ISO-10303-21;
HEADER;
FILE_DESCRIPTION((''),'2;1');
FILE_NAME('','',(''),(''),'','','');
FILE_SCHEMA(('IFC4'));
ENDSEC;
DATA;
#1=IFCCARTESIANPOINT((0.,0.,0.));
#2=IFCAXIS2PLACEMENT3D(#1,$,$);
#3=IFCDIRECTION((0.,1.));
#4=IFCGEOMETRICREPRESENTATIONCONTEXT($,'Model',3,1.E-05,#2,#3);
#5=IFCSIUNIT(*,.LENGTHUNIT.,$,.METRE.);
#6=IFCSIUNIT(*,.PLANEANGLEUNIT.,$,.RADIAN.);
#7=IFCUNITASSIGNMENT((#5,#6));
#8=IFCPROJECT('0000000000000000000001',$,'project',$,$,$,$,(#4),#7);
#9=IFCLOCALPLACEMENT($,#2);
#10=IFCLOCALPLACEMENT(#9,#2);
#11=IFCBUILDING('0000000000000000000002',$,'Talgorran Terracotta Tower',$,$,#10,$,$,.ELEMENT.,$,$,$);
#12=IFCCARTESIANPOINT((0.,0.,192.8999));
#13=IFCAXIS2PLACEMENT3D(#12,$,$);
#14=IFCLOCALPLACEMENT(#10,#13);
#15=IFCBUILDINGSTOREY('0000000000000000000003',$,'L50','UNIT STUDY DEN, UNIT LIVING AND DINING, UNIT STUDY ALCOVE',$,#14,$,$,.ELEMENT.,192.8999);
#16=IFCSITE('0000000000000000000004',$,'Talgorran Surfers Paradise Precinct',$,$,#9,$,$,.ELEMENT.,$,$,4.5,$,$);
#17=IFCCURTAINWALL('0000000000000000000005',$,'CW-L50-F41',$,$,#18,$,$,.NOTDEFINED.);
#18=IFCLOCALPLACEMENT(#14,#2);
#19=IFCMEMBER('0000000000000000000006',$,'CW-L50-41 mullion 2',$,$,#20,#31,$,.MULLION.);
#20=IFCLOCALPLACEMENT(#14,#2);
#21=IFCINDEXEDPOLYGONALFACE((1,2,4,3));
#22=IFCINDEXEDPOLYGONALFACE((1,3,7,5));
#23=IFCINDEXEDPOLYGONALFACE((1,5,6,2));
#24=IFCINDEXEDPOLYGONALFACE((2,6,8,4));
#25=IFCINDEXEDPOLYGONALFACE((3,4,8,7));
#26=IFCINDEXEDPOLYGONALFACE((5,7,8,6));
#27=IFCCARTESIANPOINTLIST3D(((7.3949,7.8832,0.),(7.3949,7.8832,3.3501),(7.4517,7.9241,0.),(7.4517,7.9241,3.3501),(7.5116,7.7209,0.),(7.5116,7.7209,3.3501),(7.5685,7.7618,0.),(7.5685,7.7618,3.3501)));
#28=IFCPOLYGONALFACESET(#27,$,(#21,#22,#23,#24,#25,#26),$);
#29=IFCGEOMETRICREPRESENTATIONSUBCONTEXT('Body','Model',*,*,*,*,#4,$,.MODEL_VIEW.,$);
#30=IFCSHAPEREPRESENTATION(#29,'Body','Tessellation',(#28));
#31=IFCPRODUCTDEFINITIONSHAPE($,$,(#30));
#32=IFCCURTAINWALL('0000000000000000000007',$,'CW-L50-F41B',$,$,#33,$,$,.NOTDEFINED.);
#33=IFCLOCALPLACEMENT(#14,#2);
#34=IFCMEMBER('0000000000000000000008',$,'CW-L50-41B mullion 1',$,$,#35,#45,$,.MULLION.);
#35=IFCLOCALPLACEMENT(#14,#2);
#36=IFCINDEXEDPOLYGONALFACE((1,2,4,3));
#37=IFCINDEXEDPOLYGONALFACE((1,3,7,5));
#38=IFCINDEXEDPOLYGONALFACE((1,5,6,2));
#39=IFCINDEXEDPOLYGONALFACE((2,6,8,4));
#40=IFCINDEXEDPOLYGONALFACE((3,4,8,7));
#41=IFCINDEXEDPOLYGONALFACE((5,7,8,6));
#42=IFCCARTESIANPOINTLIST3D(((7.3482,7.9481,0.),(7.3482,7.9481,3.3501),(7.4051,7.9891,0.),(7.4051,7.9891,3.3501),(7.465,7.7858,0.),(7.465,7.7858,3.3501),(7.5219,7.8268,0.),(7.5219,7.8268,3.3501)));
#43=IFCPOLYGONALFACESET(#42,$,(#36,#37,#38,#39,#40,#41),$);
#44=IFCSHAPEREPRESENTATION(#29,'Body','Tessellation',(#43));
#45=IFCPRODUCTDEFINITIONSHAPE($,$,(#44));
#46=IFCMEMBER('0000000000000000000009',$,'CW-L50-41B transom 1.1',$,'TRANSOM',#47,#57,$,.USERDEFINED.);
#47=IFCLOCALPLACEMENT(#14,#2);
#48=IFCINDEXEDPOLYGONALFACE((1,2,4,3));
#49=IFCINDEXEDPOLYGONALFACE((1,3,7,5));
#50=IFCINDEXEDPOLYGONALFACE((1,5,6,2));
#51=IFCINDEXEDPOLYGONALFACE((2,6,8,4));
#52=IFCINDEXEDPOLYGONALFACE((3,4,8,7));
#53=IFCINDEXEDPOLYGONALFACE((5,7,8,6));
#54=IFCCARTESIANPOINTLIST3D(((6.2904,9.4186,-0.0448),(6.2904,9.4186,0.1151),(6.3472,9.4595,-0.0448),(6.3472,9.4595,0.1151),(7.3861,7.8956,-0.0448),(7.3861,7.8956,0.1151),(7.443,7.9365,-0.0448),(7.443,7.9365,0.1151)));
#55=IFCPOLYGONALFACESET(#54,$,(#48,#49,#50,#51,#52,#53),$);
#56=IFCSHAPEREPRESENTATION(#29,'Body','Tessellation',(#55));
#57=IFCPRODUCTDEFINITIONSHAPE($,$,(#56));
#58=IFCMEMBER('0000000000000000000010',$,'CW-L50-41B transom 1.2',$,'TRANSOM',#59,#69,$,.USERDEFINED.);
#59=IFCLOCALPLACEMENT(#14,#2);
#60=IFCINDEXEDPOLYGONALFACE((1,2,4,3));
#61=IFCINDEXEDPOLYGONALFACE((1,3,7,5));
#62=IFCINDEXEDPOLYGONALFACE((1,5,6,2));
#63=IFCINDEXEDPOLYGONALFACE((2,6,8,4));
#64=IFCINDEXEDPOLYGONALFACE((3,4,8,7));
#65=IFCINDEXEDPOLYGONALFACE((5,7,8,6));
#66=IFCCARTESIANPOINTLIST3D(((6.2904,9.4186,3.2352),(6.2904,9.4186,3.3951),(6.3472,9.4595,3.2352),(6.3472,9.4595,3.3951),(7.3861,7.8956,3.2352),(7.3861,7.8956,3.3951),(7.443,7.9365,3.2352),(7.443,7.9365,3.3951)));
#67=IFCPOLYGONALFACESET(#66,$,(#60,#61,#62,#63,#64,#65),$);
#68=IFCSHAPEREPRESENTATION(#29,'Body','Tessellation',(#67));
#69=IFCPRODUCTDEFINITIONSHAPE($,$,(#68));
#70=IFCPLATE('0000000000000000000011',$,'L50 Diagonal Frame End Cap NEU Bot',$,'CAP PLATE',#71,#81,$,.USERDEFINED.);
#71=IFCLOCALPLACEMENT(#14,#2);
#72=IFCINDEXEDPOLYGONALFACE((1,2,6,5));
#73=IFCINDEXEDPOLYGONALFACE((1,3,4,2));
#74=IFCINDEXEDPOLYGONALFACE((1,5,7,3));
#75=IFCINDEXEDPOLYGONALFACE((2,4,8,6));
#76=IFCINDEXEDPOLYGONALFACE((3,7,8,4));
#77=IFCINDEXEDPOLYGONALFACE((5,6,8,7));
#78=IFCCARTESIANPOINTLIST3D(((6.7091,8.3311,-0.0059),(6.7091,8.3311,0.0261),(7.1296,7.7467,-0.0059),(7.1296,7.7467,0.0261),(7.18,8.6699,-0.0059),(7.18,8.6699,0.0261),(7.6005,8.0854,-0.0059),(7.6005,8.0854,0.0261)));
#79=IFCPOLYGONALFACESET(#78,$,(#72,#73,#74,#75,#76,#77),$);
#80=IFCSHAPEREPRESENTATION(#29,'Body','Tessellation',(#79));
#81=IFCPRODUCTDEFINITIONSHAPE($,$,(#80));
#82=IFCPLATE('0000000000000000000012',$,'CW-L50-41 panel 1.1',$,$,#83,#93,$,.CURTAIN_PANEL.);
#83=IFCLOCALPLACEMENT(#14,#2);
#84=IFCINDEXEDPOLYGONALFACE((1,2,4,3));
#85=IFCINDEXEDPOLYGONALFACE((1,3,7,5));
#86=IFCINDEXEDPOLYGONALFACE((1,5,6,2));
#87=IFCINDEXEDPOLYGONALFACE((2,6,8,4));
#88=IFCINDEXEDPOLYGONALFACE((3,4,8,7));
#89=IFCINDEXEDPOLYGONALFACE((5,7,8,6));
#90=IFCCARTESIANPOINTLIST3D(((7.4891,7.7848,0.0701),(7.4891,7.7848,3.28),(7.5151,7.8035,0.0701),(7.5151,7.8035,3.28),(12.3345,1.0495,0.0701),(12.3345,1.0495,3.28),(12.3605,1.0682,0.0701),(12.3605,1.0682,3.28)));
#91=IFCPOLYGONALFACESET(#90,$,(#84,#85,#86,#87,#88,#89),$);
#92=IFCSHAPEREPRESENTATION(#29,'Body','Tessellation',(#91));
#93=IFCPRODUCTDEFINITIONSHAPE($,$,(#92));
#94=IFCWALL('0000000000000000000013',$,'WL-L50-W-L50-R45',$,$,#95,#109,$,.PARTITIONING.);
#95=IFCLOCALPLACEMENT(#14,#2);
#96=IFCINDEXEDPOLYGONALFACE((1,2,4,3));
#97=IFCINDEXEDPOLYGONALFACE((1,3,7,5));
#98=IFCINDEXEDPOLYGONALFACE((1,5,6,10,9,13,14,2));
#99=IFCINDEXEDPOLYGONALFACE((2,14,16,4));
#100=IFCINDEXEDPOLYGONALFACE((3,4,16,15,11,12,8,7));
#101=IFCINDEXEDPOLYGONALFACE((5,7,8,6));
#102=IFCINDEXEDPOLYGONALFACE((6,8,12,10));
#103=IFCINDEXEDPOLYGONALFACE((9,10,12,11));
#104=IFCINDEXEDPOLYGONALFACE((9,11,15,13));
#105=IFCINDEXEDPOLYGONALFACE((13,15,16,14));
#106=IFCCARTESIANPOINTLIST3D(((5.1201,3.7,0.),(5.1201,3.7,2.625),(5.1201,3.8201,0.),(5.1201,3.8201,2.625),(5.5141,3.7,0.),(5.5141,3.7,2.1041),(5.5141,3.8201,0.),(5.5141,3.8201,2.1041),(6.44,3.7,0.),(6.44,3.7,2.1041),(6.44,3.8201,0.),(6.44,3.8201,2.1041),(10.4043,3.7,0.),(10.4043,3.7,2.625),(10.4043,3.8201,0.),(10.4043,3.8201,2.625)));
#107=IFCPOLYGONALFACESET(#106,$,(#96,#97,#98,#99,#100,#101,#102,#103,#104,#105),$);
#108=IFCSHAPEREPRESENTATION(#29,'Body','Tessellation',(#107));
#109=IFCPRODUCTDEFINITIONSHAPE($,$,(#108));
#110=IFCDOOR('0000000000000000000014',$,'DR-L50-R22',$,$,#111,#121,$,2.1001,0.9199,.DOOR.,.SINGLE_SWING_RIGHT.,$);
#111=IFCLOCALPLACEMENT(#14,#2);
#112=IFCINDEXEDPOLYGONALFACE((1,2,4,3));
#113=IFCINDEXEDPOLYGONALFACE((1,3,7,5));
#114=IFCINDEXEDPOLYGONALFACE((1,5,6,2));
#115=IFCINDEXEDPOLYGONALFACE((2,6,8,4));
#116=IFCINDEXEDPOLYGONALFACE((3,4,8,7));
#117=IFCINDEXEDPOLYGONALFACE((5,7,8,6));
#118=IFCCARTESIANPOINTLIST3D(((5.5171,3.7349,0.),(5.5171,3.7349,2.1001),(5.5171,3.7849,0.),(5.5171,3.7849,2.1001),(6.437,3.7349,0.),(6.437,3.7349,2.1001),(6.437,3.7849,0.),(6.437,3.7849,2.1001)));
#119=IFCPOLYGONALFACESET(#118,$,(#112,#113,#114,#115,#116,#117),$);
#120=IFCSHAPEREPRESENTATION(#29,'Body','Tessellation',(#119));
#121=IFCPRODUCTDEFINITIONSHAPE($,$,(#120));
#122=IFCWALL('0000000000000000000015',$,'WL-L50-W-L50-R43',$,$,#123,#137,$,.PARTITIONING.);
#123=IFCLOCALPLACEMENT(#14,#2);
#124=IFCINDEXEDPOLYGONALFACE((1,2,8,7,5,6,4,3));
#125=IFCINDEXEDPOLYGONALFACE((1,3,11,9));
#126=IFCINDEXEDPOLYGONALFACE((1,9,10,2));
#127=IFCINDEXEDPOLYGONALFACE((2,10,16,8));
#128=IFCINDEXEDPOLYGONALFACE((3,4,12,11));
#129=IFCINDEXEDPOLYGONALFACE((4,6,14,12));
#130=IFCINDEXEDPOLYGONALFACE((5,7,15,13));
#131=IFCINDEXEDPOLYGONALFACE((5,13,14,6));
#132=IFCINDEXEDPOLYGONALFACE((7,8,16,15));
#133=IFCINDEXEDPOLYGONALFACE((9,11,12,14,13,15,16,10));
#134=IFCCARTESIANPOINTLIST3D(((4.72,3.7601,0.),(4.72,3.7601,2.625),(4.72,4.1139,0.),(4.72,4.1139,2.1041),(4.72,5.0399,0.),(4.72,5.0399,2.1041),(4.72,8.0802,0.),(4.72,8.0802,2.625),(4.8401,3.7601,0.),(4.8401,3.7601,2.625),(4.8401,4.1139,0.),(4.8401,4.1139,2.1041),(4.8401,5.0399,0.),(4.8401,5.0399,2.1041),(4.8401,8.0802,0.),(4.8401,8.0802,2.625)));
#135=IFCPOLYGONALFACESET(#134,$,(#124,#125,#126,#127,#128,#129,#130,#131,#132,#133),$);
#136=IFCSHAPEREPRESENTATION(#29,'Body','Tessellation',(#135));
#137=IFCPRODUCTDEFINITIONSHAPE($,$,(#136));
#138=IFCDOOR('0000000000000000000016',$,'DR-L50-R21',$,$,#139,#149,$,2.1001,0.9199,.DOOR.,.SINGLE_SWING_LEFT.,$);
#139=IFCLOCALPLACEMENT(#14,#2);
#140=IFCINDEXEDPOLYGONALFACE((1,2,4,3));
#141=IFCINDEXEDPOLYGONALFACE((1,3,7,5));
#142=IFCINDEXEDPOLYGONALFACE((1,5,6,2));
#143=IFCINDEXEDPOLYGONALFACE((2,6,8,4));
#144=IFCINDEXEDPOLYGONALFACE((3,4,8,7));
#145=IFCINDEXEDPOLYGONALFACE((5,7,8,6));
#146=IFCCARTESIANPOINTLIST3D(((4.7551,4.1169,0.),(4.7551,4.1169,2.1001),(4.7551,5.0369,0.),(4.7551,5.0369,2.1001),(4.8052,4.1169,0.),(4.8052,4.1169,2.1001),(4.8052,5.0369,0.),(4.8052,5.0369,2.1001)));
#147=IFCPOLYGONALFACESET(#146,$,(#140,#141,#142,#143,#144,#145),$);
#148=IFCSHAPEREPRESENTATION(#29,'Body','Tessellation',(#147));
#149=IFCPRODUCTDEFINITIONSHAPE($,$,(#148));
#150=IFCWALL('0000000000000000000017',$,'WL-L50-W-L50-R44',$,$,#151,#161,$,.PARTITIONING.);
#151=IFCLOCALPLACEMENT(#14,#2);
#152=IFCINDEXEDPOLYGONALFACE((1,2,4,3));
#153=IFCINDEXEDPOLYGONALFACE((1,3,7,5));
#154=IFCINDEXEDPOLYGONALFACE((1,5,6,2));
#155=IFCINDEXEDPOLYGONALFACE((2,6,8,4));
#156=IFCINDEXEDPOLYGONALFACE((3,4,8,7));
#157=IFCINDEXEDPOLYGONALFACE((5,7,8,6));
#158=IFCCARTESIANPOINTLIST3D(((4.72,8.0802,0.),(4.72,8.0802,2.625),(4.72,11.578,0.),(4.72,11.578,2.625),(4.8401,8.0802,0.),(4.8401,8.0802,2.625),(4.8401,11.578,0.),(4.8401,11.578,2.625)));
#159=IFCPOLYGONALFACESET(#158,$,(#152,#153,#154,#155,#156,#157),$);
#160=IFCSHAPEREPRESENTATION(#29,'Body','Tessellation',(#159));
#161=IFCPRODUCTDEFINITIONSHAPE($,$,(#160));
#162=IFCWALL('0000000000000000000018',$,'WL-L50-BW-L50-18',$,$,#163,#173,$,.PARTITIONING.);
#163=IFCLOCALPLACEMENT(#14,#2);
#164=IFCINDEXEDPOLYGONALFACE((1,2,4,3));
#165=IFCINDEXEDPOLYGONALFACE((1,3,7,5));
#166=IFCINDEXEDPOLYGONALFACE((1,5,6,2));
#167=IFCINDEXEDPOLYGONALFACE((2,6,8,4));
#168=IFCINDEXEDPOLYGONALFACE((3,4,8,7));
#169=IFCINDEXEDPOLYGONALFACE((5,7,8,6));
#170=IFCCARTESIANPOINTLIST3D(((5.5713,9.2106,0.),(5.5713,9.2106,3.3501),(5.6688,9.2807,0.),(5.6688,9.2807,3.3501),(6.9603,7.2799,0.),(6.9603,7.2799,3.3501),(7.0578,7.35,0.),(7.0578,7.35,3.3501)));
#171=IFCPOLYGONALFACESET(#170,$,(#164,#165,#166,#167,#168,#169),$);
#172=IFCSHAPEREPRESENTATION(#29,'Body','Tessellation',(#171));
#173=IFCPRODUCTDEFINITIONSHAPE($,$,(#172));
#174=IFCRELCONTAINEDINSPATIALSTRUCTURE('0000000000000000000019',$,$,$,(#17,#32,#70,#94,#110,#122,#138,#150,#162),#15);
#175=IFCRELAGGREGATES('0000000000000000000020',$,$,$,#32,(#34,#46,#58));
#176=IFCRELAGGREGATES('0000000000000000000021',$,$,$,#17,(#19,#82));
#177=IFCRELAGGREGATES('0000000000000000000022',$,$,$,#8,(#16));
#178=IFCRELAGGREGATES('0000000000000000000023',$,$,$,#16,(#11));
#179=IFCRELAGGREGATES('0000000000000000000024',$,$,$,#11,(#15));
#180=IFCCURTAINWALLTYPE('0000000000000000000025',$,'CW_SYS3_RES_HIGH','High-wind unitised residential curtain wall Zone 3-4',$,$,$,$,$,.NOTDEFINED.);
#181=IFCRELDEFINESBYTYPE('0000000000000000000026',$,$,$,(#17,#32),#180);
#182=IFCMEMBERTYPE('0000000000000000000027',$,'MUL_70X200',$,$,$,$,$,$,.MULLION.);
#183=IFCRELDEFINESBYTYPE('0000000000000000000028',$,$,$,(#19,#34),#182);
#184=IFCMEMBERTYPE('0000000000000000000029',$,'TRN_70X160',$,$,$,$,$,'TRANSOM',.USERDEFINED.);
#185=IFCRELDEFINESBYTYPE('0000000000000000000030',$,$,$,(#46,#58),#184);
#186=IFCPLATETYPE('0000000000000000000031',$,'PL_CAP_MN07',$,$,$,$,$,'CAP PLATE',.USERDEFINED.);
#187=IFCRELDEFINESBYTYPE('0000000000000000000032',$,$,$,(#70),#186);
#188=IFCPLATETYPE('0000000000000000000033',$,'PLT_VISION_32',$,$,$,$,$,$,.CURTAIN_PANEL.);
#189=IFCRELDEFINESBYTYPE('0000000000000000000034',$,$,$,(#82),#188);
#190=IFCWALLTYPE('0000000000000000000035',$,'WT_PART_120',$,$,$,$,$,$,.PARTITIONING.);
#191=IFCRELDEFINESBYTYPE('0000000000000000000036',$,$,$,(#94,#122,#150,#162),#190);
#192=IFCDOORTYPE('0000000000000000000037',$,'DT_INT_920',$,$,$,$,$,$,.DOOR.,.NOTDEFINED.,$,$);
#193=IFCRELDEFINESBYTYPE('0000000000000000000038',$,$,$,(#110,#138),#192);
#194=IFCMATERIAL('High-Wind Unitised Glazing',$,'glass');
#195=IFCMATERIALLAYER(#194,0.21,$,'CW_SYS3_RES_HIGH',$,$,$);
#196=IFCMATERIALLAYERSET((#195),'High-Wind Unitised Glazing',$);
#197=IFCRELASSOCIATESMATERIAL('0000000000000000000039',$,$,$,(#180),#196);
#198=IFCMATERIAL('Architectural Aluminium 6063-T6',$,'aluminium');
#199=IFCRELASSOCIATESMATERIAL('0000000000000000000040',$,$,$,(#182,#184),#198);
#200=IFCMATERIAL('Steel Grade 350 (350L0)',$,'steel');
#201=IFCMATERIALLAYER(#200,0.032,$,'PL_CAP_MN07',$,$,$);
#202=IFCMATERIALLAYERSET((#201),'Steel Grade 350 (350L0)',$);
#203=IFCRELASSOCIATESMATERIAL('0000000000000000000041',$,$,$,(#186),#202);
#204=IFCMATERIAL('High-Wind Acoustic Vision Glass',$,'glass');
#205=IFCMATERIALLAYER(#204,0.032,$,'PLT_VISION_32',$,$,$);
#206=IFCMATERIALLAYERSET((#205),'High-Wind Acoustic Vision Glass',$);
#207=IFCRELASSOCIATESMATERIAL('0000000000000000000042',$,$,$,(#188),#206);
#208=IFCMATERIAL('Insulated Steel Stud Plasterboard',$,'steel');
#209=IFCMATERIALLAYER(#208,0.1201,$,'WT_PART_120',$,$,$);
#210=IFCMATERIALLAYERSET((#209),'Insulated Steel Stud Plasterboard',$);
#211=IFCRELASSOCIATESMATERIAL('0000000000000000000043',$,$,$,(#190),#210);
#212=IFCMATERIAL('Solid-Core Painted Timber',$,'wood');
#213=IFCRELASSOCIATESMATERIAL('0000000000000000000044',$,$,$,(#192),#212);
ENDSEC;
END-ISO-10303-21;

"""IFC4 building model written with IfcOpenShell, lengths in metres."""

from ifc_helpers import new_model, si_unit, direction, frame, frame_2d, origin, origin_2d, place, context, subcontext, project, spatial, rectangle, extrude, source, transform, mapped, material, layer, layer_set, material_profile, profile_set, type_object, type_shapes, element, fill, aggregate, save


model = new_model("IFC4")

# Units and contexts
model_context = context("Model", 3, precision=1e-05, world=origin(), true_north=direction((0.0, 1.0)))
body_context = subcontext(model_context, "Body", "Model", "MODEL_VIEW")
ifc_project = project(units=[si_unit("LENGTHUNIT", "METRE"), si_unit("PLANEANGLEUNIT", "RADIAN")], contexts=[model_context])

# Site, building, storey
site_placement = place(None, origin())
site = spatial("IfcSite", under=ifc_project, at=site_placement, Name="Talgorran Surfers Paradise Precinct", CompositionType="ELEMENT", RefElevation=4.5)
building_placement = place(site_placement, origin())
building = spatial("IfcBuilding", under=site, at=building_placement, Name="Talgorran Terracotta Tower", CompositionType="ELEMENT")
storey_placement = place(building_placement, frame((0.0, 0.0, 192.8999)))
storey = spatial("IfcBuildingStorey", under=building, at=storey_placement, Name="L50", Description="UNIT STUDY DEN, UNIT LIVING AND DINING, UNIT STUDY ALCOVE", CompositionType="ELEMENT", Elevation=192.8999)

# Shared definitions
ifc_material_1 = material(Name="Steel Grade 350 (350L0)", Category="steel")

# Curtain wall, member
ifc_material_2 = material(Name="High-Wind Unitised Glazing", Category="glass")
ifc_layer_1 = layer(ifc_material_2, 0.21, Name="CW_SYS3_RES_HIGH")
ifc_layer_set_1 = layer_set([ifc_layer_1], Name="High-Wind Unitised Glazing")
curtain_wall_type = type_object("IfcCurtainWallType", Name="CW_SYS3_RES_HIGH", Description="High-wind unitised residential curtain wall Zone 3-4", PredefinedType="NOTDEFINED", material=ifc_layer_set_1)
curtain_wall_1_placement = place(storey_placement, origin())
curtain_wall_1 = element("IfcCurtainWall", 1, at=curtain_wall_1_placement, inside=storey, type_object=curtain_wall_type, Name="CW-L50-F41", PredefinedType="NOTDEFINED")
ifc_material_3 = material(Name="Architectural Aluminium 6063-T6", Category="aluminium")
ifc_material_profile_1 = material_profile(ifc_material_3, rectangle(XDim=0.0701, YDim=0.2, at=origin_2d()), Name="CWM70X200")
ifc_profile_set_1 = profile_set([ifc_material_profile_1], Name="Architectural Aluminium 6063-T6")
member_type_1 = type_object("IfcMemberType", Name="MUL_70X200", PredefinedType="MULLION", material=ifc_profile_set_1)
member_1_placement = place(storey_placement, frame((7.4817, 7.8225, 0.0), z_axis=(0.0, 0.0, 1.0), x_axis=(-0.811764, -0.583986, 0.0)))
member_1 = element("IfcMember", 2, at=member_1_placement, type_object=member_type_1, Name="CW-L50-41 mullion 2", PredefinedType="MULLION", context=body_context, shape_type="SweptSolid", body=[
    extrude(rectangle(XDim=0.0701, YDim=0.2, at=origin_2d()), origin(), (0.0, 0.0, 1.0), 3.3501),
])

# Curtain wall, members
curtain_wall_2_placement = place(storey_placement, origin())
curtain_wall_2 = element("IfcCurtainWall", 3, at=curtain_wall_2_placement, inside=storey, type_object=curtain_wall_type, Name="CW-L50-F41B", PredefinedType="NOTDEFINED")
member_2_placement = place(storey_placement, frame((7.4351, 7.8875, 0.0), z_axis=(0.0, 0.0, 1.0), x_axis=(-0.811735, -0.584026, 0.0)))
member_2 = element("IfcMember", 4, at=member_2_placement, type_object=member_type_1, Name="CW-L50-41B mullion 1", PredefinedType="MULLION", context=body_context, shape_type="SweptSolid", body=[
    extrude(rectangle(XDim=0.0701, YDim=0.2, at=origin_2d()), origin(), (0.0, 0.0, 1.0), 3.3501),
])
ifc_material_profile_2 = material_profile(ifc_material_3, rectangle(XDim=0.0701, YDim=0.1599, at=origin_2d()), Name="CWT70X160")
ifc_profile_set_2 = profile_set([ifc_material_profile_2], Name="Architectural Aluminium 6063-T6")
member_type_2 = type_object("IfcMemberType", Name="TRN_70X160", ElementType="TRANSOM", PredefinedType="USERDEFINED", material=ifc_profile_set_2)
member_3_placement = place(storey_placement, frame((7.4146, 7.916, 0.0352), z_axis=(-0.584017, 0.811742, 0.0), x_axis=(-0.811742, -0.584017, 0.0)))
member_3 = element("IfcMember", 5, at=member_3_placement, type_object=member_type_2, Name="CW-L50-41B transom 1.1", ObjectType="TRANSOM", PredefinedType="USERDEFINED", context=body_context, shape_type="SweptSolid", body=[
    extrude(rectangle(XDim=0.0701, YDim=0.1599, at=origin_2d()), origin(), (0.0, 0.0, 1.0), 1.8762),
])
member_4_placement = place(storey_placement, frame((7.4146, 7.916, 3.3152), z_axis=(-0.584017, 0.811742, 0.0), x_axis=(-0.811742, -0.584017, 0.0)))
member_4 = element("IfcMember", 6, at=member_4_placement, type_object=member_type_2, Name="CW-L50-41B transom 1.2", ObjectType="TRANSOM", PredefinedType="USERDEFINED", context=body_context, shape_type="SweptSolid", body=[
    extrude(rectangle(XDim=0.0701, YDim=0.1599, at=origin_2d()), origin(), (0.0, 0.0, 1.0), 1.8762),
])
aggregate(curtain_wall_2, [member_2, member_3, member_4])

# Plates
ifc_layer_2 = layer(ifc_material_1, 0.032, Name="PL_CAP_MN07")
ifc_layer_set_2 = layer_set([ifc_layer_2], Name="Steel Grade 350 (350L0)")
plate_type_1 = type_object("IfcPlateType", Name="PL_CAP_MN07", ElementType="CAP PLATE", PredefinedType="USERDEFINED", material=ifc_layer_set_2)
plate_1_placement = place(storey_placement, frame((7.1548, 8.2083, -0.0059), z_axis=(0.0, 0.0, 1.0), x_axis=(-0.583966, 0.811778, 0.0)))
element("IfcPlate", 7, at=plate_1_placement, inside=storey, type_object=plate_type_1, Name="L50 Diagonal Frame End Cap NEU Bot", ObjectType="CAP PLATE", PredefinedType="USERDEFINED", context=body_context, shape_type="SweptSolid", body=[
    extrude(rectangle(XDim=0.72, YDim=0.5801, at=origin_2d()), origin(), (0.0, 0.0, 1.0), 0.032),
])
ifc_material_4 = material(Name="High-Wind Acoustic Vision Glass", Category="glass")
ifc_layer_3 = layer(ifc_material_4, 0.032, Name="PLT_VISION_32")
ifc_layer_set_3 = layer_set([ifc_layer_3], Name="High-Wind Acoustic Vision Glass")
plate_type_2 = type_object("IfcPlateType", Name="PLT_VISION_32", PredefinedType="CURTAIN_PANEL", material=ifc_layer_set_3)
shared_shape = source(origin(), body_context, "Body", "SweptSolid", [
    extrude(rectangle(XDim=8.2971, YDim=0.032, at=origin_2d()), origin(), (0.0, 0.0, 1.0), 3.21),
])
type_shapes(plate_type_2, [shared_shape])
plate_2_placement = place(storey_placement, frame((9.9248, 4.4265, 0.0701), z_axis=(0.0, 0.0, 1.0), x_axis=(-0.583986, 0.811764, 0.0)))
plate_2 = element("IfcPlate", 8, at=plate_2_placement, type_object=plate_type_2, Name="CW-L50-41 panel 1.1", PredefinedType="CURTAIN_PANEL", context=body_context, shape_type="MappedRepresentation", body=[
    mapped(shared_shape, transform((0.0, 0.0, 0.0), scale=1.0)),
])
aggregate(curtain_wall_1, [member_1, plate_2])

# Walls, openings, doors
ifc_material_5 = material(Name="Insulated Steel Stud Plasterboard", Category="steel")
ifc_layer_4 = layer(ifc_material_5, 0.1201, Name="WT_PART_120")
ifc_layer_set_4 = layer_set([ifc_layer_4], Name="Insulated Steel Stud Plasterboard")
wall_type = type_object("IfcWallType", Name="WT_PART_120", PredefinedType="PARTITIONING", material=ifc_layer_set_4)
wall_1_placement = place(storey_placement, frame((5.1201, 3.76, 0.0), z_axis=(0.0, 0.0, 1.0), x_axis=(1.0, 0.0, 0.0)))
wall_1 = element("IfcWall", 9, at=wall_1_placement, inside=storey, type_object=wall_type, Name="WL-L50-W-L50-R45", PredefinedType="PARTITIONING", context=body_context, shape_type="SweptSolid", body=[
    extrude(rectangle(XDim=5.2842, YDim=0.1201, at=frame_2d((2.6421, 0.0))), origin(), (0.0, 0.0, 1.0), 2.625),
])
opening_1_placement = place(wall_1_placement, frame((0.397, 0.0, 0.0)))
opening_1 = element("IfcOpeningElement", 10, at=opening_1_placement, cuts=wall_1, PredefinedType="OPENING", context=body_context, shape_type="SweptSolid", body=[
    extrude(rectangle(XDim=0.9259, YDim=2.1041, at=frame_2d((0.46, 1.052))), frame((0.0, 0.0701, 0.0), z_axis=(0.0, -1.0, 0.0), x_axis=(1.0, 0.0, 0.0)), (0.0, 0.0, 1.0), 0.1401),
])
ifc_material_6 = material(Name="Solid-Core Painted Timber", Category="wood")
door_type = type_object("IfcDoorType", Name="DT_INT_920", OperationType="NOTDEFINED", PredefinedType="DOOR", material=ifc_material_6)
door_1_placement = place(opening_1_placement, origin())
door_1 = element("IfcDoor", 11, at=door_1_placement, inside=storey, type_object=door_type, Name="DR-L50-R22", OperationType="SINGLE_SWING_RIGHT", OverallHeight=2.1001, OverallWidth=0.9199, PredefinedType="DOOR", context=body_context, shape_type="SweptSolid", body=[
    extrude(rectangle(XDim=0.9199, YDim=2.1001, at=frame_2d((0.46, 1.05))), frame((0.0, 0.0249, 0.0), z_axis=(0.0, -1.0, 0.0), x_axis=(1.0, 0.0, 0.0)), (0.0, 0.0, 1.0), 0.05),
])
fill(opening_1, door_1)
wall_2_placement = place(storey_placement, frame((4.78, 3.76, 0.0), z_axis=(0.0, 0.0, 1.0), x_axis=(0.0, 1.0, 0.0)))
wall_2 = element("IfcWall", 12, at=wall_2_placement, inside=storey, type_object=wall_type, Name="WL-L50-W-L50-R43", PredefinedType="PARTITIONING", context=body_context, shape_type="SweptSolid", body=[
    extrude(rectangle(XDim=4.3201, YDim=0.1201, at=frame_2d((2.1602, 0.0))), origin(), (0.0, 0.0, 1.0), 2.625),
])
opening_2_placement = place(wall_2_placement, frame((0.3569, 0.0, 0.0)))
opening_2 = element("IfcOpeningElement", 13, at=opening_2_placement, cuts=wall_2, PredefinedType="OPENING", context=body_context, shape_type="SweptSolid", body=[
    extrude(rectangle(XDim=0.9259, YDim=2.1041, at=frame_2d((0.46, 1.052))), frame((0.0, 0.0701, 0.0), z_axis=(0.0, -1.0, 0.0), x_axis=(1.0, 0.0, 0.0)), (0.0, 0.0, 1.0), 0.1401),
])
door_2_placement = place(opening_2_placement, origin())
door_2 = element("IfcDoor", 14, at=door_2_placement, inside=storey, type_object=door_type, Name="DR-L50-R21", OperationType="SINGLE_SWING_LEFT", OverallHeight=2.1001, OverallWidth=0.9199, PredefinedType="DOOR", context=body_context, shape_type="SweptSolid", body=[
    extrude(rectangle(XDim=0.9199, YDim=2.1001, at=frame_2d((0.46, 1.05))), frame((0.0, 0.0249, 0.0), z_axis=(0.0, -1.0, 0.0), x_axis=(1.0, 0.0, 0.0)), (0.0, 0.0, 1.0), 0.05),
])
fill(opening_2, door_2)

# Walls
wall_3_placement = place(storey_placement, frame((4.78, 8.0801, 0.0), z_axis=(0.0, 0.0, 1.0), x_axis=(0.0, 1.0, 0.0)))
element("IfcWall", 15, at=wall_3_placement, inside=storey, type_object=wall_type, Name="WL-L50-W-L50-R44", PredefinedType="PARTITIONING", context=body_context, shape_type="SweptSolid", body=[
    extrude(rectangle(XDim=3.4978, YDim=0.1201, at=frame_2d((1.749, 0.0))), origin(), (0.0, 0.0, 1.0), 2.625),
])
wall_4_placement = place(storey_placement, frame((7.009, 7.3149, 0.0), z_axis=(0.0, 0.0, 1.0), x_axis=(-0.583983, 0.811766, 0.0)))
element("IfcWall", 16, at=wall_4_placement, inside=storey, type_object=wall_type, Name="WL-L50-BW-L50-18", PredefinedType="PARTITIONING", context=body_context, shape_type="SweptSolid", body=[
    extrude(rectangle(XDim=2.3784, YDim=0.1201, at=frame_2d((1.1892, 0.0))), origin(), (0.0, 0.0, 1.0), 3.3501),
])

save(model, "model.ifc")
